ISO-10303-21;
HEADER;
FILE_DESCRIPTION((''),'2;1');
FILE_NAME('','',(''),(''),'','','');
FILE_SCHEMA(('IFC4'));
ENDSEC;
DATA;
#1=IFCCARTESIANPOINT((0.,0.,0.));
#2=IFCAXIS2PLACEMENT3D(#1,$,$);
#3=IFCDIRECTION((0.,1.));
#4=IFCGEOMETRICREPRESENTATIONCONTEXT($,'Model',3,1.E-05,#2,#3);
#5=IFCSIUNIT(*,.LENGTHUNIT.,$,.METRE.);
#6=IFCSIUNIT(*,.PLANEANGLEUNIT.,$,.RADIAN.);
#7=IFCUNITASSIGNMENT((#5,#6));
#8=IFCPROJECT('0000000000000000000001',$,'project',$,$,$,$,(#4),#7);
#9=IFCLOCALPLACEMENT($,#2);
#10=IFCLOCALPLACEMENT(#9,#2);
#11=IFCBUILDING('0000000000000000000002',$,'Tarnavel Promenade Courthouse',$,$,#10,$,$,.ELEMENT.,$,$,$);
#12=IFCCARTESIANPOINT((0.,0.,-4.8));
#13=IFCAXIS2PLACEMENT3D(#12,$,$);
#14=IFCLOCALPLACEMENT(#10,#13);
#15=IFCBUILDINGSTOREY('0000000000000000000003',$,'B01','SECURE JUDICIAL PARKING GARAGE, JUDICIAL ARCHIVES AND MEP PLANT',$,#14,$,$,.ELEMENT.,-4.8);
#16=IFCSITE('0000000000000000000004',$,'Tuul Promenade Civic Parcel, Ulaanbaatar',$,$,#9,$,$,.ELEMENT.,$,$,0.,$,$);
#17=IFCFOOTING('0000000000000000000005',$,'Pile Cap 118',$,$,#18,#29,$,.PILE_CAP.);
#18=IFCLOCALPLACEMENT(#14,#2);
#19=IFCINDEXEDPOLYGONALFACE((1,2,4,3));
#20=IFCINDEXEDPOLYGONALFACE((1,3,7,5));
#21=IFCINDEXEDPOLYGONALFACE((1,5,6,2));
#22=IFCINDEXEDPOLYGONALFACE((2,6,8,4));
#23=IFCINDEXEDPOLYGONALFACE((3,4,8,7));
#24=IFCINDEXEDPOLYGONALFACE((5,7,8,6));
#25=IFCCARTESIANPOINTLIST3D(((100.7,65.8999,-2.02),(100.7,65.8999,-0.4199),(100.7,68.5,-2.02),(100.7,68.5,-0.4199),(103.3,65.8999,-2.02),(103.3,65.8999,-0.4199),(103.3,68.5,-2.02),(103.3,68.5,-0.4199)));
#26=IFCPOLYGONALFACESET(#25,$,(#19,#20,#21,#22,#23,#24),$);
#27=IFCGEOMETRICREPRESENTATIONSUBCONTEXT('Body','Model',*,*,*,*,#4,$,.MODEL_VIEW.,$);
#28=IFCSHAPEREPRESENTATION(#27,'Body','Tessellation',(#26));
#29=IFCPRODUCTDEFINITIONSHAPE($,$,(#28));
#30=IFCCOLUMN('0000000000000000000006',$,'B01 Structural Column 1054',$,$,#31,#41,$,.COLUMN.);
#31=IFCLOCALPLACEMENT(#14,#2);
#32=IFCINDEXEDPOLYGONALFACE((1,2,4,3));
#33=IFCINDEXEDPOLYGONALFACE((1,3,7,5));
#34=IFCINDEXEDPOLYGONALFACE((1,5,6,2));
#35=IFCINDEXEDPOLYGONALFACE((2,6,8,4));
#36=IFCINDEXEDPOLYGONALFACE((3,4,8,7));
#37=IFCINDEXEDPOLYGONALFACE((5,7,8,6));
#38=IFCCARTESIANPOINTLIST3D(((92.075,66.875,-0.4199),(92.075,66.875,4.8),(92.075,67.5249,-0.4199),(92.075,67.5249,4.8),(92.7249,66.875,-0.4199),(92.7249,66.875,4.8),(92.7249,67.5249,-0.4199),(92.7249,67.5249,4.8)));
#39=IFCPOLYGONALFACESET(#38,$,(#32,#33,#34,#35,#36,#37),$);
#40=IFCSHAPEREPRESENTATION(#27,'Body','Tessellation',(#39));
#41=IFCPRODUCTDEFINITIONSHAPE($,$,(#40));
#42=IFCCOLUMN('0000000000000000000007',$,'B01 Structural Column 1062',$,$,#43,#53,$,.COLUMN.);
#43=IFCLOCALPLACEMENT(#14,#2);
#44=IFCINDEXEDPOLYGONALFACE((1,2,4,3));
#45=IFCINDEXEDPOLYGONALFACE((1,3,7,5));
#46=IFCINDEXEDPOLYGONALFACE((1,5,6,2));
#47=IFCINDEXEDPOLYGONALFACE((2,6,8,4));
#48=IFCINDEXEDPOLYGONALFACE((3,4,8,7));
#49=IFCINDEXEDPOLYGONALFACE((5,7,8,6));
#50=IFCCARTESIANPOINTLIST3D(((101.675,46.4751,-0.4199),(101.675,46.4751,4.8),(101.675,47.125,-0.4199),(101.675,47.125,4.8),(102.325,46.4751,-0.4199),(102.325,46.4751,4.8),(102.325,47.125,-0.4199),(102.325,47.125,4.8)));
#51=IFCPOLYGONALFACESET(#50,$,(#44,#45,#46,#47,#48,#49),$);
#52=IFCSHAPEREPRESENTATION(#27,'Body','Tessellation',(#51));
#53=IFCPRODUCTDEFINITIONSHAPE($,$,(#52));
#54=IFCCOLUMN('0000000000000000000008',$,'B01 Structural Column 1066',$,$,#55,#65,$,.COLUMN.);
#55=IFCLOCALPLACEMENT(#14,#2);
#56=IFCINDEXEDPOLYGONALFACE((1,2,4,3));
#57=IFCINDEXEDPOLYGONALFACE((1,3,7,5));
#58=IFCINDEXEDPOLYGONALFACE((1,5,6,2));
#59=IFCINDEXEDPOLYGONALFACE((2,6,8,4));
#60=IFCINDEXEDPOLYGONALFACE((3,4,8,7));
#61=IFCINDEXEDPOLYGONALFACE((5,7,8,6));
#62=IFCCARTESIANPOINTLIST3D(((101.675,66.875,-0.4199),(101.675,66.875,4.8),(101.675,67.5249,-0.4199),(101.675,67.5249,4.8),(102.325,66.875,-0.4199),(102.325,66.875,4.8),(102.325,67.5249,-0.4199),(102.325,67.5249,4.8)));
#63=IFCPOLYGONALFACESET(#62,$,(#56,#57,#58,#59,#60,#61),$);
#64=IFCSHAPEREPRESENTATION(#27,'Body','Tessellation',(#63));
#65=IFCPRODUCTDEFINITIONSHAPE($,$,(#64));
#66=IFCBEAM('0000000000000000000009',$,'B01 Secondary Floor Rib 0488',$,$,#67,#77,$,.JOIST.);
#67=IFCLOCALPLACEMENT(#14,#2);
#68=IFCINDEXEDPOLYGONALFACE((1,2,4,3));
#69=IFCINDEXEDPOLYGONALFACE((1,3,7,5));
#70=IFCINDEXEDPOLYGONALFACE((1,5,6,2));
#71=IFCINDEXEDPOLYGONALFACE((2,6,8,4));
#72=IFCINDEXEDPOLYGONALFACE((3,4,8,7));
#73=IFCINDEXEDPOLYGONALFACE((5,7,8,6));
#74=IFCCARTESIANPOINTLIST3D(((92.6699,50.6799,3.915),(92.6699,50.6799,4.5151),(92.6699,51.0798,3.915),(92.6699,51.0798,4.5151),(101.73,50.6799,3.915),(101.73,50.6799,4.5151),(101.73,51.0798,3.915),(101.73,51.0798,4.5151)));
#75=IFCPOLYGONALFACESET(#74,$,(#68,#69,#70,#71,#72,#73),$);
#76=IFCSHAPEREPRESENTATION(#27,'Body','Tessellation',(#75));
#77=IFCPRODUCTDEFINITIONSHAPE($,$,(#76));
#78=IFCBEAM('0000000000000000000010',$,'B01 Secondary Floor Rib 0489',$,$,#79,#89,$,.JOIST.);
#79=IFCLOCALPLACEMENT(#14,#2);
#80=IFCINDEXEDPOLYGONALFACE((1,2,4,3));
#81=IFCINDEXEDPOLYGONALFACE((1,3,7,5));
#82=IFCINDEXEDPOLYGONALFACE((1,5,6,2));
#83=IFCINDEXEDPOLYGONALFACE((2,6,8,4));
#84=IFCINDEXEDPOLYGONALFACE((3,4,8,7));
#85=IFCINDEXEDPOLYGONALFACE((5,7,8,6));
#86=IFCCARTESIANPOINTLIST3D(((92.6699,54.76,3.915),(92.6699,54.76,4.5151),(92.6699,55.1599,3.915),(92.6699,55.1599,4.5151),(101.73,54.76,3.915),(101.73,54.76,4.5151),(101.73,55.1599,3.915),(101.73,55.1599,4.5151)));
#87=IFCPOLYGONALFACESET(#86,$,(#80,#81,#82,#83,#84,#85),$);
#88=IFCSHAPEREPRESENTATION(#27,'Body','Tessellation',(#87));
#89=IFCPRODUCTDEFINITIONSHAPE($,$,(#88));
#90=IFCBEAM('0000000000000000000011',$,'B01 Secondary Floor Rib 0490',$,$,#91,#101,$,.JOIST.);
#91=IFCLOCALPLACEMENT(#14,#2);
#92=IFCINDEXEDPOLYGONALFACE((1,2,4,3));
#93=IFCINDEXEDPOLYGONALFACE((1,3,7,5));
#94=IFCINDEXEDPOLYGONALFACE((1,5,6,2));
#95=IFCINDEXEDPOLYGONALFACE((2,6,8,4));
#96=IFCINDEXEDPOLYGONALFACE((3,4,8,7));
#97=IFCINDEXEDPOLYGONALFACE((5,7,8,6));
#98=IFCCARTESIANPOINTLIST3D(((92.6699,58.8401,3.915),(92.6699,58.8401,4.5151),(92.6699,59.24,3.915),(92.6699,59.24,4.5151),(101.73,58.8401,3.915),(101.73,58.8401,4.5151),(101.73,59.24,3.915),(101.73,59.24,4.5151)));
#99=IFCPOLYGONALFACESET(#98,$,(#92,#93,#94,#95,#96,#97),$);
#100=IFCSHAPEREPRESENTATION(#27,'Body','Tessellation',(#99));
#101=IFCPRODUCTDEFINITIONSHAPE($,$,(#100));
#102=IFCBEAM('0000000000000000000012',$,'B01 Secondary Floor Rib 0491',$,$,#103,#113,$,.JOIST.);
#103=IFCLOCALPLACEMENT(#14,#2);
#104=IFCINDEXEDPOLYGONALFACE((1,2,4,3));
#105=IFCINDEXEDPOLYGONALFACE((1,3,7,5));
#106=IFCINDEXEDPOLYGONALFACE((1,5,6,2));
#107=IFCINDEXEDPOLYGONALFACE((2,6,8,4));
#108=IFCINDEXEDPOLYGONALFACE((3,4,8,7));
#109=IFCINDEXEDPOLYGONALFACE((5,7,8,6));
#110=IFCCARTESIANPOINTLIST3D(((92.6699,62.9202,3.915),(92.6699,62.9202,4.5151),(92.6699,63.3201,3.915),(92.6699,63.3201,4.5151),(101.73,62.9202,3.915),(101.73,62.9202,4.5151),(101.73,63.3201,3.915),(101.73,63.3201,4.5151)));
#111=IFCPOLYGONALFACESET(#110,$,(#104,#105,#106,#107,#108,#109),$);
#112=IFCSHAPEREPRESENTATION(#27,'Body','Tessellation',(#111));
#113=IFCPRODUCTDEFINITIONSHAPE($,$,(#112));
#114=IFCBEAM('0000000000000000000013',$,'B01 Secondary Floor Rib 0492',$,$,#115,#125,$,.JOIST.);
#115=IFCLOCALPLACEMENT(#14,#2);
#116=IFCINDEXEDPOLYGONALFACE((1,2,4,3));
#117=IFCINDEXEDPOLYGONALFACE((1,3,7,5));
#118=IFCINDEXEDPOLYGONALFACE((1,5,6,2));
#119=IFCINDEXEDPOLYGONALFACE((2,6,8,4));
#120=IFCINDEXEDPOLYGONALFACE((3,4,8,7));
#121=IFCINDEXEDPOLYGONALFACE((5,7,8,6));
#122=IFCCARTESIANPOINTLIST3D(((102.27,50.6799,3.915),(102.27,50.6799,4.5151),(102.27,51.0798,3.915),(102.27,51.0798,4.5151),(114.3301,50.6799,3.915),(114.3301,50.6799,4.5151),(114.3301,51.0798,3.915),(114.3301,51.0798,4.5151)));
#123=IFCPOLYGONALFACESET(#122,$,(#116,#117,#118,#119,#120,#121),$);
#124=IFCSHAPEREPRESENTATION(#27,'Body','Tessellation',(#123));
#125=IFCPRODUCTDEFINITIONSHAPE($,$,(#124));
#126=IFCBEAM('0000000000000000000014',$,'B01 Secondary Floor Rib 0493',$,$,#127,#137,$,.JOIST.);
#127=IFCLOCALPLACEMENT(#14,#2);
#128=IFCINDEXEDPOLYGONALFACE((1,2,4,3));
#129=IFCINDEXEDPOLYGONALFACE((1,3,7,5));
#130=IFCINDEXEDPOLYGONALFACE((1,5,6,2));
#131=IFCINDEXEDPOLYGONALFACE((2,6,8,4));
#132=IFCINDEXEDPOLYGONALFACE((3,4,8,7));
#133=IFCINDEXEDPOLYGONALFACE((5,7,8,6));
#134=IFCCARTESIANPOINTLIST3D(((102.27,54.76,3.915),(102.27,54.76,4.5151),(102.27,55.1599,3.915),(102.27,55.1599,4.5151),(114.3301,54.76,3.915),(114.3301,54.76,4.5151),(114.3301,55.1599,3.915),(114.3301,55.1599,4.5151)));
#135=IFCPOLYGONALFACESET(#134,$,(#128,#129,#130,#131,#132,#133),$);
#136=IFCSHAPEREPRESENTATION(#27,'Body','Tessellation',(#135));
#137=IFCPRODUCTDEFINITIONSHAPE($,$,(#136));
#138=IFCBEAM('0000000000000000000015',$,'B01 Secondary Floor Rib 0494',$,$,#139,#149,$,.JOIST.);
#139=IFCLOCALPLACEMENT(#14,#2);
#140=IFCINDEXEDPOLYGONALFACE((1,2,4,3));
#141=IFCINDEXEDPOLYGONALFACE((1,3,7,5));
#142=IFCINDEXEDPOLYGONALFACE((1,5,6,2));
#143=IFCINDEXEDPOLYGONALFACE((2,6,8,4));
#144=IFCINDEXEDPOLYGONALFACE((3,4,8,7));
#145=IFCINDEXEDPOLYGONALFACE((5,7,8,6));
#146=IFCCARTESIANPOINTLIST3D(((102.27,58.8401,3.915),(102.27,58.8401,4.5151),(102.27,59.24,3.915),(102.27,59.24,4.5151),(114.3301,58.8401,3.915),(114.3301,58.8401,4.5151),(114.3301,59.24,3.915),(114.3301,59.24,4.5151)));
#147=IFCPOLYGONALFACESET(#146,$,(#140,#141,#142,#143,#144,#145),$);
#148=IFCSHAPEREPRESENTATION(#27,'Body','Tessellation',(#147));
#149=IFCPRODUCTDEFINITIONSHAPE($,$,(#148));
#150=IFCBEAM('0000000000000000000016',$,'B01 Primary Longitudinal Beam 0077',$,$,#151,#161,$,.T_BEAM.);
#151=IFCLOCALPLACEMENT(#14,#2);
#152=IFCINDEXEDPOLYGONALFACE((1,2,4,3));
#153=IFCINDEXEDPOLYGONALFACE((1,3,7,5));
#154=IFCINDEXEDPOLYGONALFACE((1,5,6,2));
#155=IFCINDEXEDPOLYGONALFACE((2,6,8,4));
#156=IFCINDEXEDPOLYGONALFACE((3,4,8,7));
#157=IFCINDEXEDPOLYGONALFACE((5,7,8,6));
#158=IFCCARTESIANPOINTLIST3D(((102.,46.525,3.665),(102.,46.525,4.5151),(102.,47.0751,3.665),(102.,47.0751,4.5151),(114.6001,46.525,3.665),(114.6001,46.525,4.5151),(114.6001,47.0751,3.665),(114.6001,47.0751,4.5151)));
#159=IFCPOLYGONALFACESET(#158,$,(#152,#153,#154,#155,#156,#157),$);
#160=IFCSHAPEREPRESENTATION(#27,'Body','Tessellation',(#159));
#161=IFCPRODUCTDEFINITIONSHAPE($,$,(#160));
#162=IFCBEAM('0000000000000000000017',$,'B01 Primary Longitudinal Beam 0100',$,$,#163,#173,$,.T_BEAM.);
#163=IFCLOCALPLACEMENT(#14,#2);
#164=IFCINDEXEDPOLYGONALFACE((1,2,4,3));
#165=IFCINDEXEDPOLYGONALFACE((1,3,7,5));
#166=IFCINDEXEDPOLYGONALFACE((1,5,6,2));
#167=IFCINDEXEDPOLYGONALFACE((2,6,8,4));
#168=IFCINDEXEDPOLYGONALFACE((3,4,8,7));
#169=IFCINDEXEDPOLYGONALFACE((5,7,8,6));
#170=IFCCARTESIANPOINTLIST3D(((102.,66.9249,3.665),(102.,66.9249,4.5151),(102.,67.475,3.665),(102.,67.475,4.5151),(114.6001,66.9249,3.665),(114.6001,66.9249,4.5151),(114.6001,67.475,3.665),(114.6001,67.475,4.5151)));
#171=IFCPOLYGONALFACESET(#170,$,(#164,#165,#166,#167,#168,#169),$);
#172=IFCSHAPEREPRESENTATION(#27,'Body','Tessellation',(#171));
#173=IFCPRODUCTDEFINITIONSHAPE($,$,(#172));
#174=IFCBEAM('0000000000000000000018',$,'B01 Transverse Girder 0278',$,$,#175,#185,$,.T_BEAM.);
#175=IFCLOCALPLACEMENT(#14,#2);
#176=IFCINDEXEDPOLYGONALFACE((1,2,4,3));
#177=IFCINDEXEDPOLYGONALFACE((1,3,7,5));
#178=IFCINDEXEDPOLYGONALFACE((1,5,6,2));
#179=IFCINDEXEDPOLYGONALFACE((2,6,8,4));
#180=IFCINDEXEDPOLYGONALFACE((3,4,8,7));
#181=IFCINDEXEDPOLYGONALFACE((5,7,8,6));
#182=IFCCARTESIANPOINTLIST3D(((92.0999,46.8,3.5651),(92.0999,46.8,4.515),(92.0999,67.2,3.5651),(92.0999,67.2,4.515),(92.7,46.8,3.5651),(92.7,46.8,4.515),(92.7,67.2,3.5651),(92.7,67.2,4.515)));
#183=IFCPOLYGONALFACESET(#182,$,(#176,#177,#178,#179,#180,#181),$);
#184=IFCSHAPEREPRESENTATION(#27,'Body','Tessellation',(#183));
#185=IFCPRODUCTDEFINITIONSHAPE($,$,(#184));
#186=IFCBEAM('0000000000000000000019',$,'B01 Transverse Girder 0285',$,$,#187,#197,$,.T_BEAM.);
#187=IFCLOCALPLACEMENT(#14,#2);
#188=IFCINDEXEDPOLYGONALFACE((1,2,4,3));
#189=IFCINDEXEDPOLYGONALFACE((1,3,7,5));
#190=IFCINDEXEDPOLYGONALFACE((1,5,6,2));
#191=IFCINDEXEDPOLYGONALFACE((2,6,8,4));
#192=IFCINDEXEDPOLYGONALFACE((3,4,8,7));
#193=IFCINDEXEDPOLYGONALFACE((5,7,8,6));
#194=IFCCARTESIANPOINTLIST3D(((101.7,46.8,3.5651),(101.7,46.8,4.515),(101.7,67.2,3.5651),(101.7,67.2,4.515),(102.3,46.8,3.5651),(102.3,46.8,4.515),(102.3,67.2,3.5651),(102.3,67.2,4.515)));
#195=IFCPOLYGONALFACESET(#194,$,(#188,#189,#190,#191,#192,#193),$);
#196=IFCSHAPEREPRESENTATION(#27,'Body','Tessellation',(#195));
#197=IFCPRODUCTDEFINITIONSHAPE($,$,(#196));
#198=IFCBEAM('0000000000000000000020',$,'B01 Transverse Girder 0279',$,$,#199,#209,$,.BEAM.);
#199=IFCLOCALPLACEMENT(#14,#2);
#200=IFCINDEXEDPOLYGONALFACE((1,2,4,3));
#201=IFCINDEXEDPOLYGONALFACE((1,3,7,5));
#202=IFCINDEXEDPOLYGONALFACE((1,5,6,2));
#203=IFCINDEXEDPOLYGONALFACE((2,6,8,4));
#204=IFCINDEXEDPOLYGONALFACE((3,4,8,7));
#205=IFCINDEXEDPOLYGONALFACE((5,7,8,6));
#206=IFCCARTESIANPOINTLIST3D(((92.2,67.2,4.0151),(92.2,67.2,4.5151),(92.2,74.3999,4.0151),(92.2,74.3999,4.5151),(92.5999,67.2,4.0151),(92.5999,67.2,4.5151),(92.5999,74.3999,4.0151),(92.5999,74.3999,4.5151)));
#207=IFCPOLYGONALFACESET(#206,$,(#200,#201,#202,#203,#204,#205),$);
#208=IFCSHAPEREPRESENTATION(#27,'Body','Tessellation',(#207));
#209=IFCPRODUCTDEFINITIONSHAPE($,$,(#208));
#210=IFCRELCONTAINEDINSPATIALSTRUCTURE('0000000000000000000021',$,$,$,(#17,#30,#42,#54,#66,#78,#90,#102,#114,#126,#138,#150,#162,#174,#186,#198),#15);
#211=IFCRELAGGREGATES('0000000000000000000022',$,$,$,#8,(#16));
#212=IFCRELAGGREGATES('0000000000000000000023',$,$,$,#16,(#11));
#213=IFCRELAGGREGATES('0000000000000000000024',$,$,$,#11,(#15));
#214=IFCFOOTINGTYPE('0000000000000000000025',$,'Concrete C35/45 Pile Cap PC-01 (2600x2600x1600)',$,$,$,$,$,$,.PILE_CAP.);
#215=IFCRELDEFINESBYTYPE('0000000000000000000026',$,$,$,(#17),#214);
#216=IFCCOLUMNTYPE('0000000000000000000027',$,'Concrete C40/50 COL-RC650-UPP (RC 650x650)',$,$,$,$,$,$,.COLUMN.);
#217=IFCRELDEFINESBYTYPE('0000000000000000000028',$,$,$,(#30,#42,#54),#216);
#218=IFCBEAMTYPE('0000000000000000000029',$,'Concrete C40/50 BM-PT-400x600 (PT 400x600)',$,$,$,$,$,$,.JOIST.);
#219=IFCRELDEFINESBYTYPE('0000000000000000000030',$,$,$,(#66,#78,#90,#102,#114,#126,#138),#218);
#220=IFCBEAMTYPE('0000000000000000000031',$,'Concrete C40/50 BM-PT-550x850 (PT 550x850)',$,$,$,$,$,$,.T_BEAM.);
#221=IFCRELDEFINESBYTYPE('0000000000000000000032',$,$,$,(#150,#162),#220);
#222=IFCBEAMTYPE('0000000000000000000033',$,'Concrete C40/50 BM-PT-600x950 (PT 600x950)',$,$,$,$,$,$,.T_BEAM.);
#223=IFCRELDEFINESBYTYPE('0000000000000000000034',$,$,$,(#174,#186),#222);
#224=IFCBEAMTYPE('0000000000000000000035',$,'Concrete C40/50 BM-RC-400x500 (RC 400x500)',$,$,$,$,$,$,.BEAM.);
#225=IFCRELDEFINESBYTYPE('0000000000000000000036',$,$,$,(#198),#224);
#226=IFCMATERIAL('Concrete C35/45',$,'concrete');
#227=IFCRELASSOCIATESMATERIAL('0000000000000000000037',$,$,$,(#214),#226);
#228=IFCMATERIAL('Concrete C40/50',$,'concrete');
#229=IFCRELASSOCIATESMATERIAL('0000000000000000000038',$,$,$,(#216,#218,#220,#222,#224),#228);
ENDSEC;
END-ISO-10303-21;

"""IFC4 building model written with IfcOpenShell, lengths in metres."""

from ifc_helpers import new_model, si_unit, direction, frame, origin, origin_2d, place, context, subcontext, project, spatial, rectangle, extrude, material, material_profile, profile_set, type_object, element, save


model = new_model("IFC4")

# Units and contexts
model_context = context("Model", 3, precision=1e-05, world=origin(), true_north=direction((0.0, 1.0)))
body_context = subcontext(model_context, "Body", "Model", "MODEL_VIEW")
ifc_project = project(units=[si_unit("LENGTHUNIT", "METRE"), si_unit("PLANEANGLEUNIT", "RADIAN")], contexts=[model_context])

# Site, building, storey
site_placement = place(None, origin())
site = spatial("IfcSite", under=ifc_project, at=site_placement, Name="Tuul Promenade Civic Parcel, Ulaanbaatar", CompositionType="ELEMENT", RefElevation=0.0)
building_placement = place(site_placement, origin())
building = spatial("IfcBuilding", under=site, at=building_placement, Name="Tarnavel Promenade Courthouse", CompositionType="ELEMENT")
storey_placement = place(building_placement, frame((0.0, 0.0, -4.8)))
storey = spatial("IfcBuildingStorey", under=building, at=storey_placement, Name="B01", Description="SECURE JUDICIAL PARKING GARAGE, JUDICIAL ARCHIVES AND MEP PLANT", CompositionType="ELEMENT", Elevation=-4.8)

# Footing
ifc_material_1 = material(Name="Concrete C35/45", Category="concrete")
footing_type_1 = type_object("IfcFootingType", Name="Concrete C35/45 Pile Cap PC-01 (2600x2600x1600)", PredefinedType="PILE_CAP", material=ifc_material_1)
for number, where, z_axis, x_axis, name in (
    (1, (102.0, 67.2, -2.02), (0.0, 0.0, 1.0), (1.0, 0.0, 0.0), "Pile Cap 118"),
):
    element("IfcFooting", number, at=place(storey_placement, frame(where, z_axis=z_axis, x_axis=x_axis)), inside=storey, type_object=footing_type_1, Name=name, PredefinedType="PILE_CAP", context=body_context, shape_type="SweptSolid", body=[
        extrude(rectangle(XDim=2.6001, YDim=2.6001, at=origin_2d()), origin(), (0.0, 0.0, 1.0), 1.6001),
    ])

# Columns
ifc_material_2 = material(Name="Concrete C40/50", Category="concrete")
ifc_material_profile_1 = material_profile(ifc_material_2, rectangle(XDim=0.6499, YDim=0.6499, at=origin_2d()), Name="RC 650x650")
ifc_profile_set_1 = profile_set([ifc_material_profile_1], Name="Concrete C40/50")
column_type = type_object("IfcColumnType", Name="Concrete C40/50 COL-RC650-UPP (RC 650x650)", PredefinedType="COLUMN", material=ifc_profile_set_1)
for number, where, z_axis, x_axis, name in (
    (2, (92.3999, 67.2, -0.4199), (0.0, 0.0, 1.0), (1.0, 0.0, 0.0), "B01 Structural Column 1054"),
    (3, (102.0, 46.8, -0.4199), (0.0, 0.0, 1.0), (1.0, 0.0, 0.0), "B01 Structural Column 1062"),
    (4, (102.0, 67.2, -0.4199), (0.0, 0.0, 1.0), (1.0, 0.0, 0.0), "B01 Structural Column 1066"),
):
    element("IfcColumn", number, at=place(storey_placement, frame(where, z_axis=z_axis, x_axis=x_axis)), inside=storey, type_object=column_type, Name=name, PredefinedType="COLUMN", context=body_context, shape_type="SweptSolid", body=[
        extrude(rectangle(XDim=0.6499, YDim=0.6499, at=origin_2d()), origin(), (0.0, 0.0, 1.0), 5.22),
    ])

# Beams
ifc_material_profile_2 = material_profile(ifc_material_2, rectangle(XDim=0.3999, YDim=0.6001, at=origin_2d()), Name="PT 400x600")
ifc_profile_set_2 = profile_set([ifc_material_profile_2], Name="Concrete C40/50")
beam_type_1 = type_object("IfcBeamType", Name="Concrete C40/50 BM-PT-400x600 (PT 400x600)", PredefinedType="JOIST", material=ifc_profile_set_2)
for number, where, z_axis, x_axis, name in (
    (5, (92.6699, 50.8799, 4.2151), (1.0, 0.0, 0.0), (0.0, 1.0, 0.0), "B01 Secondary Floor Rib 0488"),
    (6, (92.6699, 54.96, 4.2151), (1.0, 0.0, 0.0), (0.0, 1.0, 0.0), "B01 Secondary Floor Rib 0489"),
    (7, (92.6699, 59.04, 4.2151), (1.0, 0.0, 0.0), (0.0, 1.0, 0.0), "B01 Secondary Floor Rib 0490"),
    (8, (92.6699, 63.1201, 4.2151), (1.0, 0.0, 0.0), (0.0, 1.0, 0.0), "B01 Secondary Floor Rib 0491"),
):
    element("IfcBeam", number, at=place(storey_placement, frame(where, z_axis=z_axis, x_axis=x_axis)), inside=storey, type_object=beam_type_1, Name=name, PredefinedType="JOIST", context=body_context, shape_type="SweptSolid", body=[
        extrude(rectangle(XDim=0.3999, YDim=0.6001, at=origin_2d()), origin(), (0.0, 0.0, 1.0), 9.0601),
    ])
for number, where, z_axis, x_axis, name in (
    (9, (102.27, 50.8799, 4.2151), (1.0, 0.0, 0.0), (0.0, 1.0, 0.0), "B01 Secondary Floor Rib 0492"),
    (10, (102.27, 54.96, 4.2151), (1.0, 0.0, 0.0), (0.0, 1.0, 0.0), "B01 Secondary Floor Rib 0493"),
    (11, (102.27, 59.04, 4.2151), (1.0, 0.0, 0.0), (0.0, 1.0, 0.0), "B01 Secondary Floor Rib 0494"),
):
    element("IfcBeam", number, at=place(storey_placement, frame(where, z_axis=z_axis, x_axis=x_axis)), inside=storey, type_object=beam_type_1, Name=name, PredefinedType="JOIST", context=body_context, shape_type="SweptSolid", body=[
        extrude(rectangle(XDim=0.3999, YDim=0.6001, at=origin_2d()), origin(), (0.0, 0.0, 1.0), 12.0601),
    ])
ifc_material_profile_3 = material_profile(ifc_material_2, rectangle(XDim=0.55, YDim=0.8501, at=origin_2d()), Name="PT 550x850")
ifc_profile_set_3 = profile_set([ifc_material_profile_3], Name="Concrete C40/50")
beam_type_2 = type_object("IfcBeamType", Name="Concrete C40/50 BM-PT-550x850 (PT 550x850)", PredefinedType="T_BEAM", material=ifc_profile_set_3)
for number, where, z_axis, x_axis, name in (
    (12, (102.0, 46.8, 4.0901), (1.0, 0.0, 0.0), (0.0, 1.0, 0.0), "B01 Primary Longitudinal Beam 0077"),
    (13, (102.0, 67.2, 4.0901), (1.0, 0.0, 0.0), (0.0, 1.0, 0.0), "B01 Primary Longitudinal Beam 0100"),
):
    element("IfcBeam", number, at=place(storey_placement, frame(where, z_axis=z_axis, x_axis=x_axis)), inside=storey, type_object=beam_type_2, Name=name, PredefinedType="T_BEAM", context=body_context, shape_type="SweptSolid", body=[
        extrude(rectangle(XDim=0.55, YDim=0.8501, at=origin_2d()), origin(), (0.0, 0.0, 1.0), 12.6001),
    ])
ifc_material_profile_4 = material_profile(ifc_material_2, rectangle(XDim=0.6001, YDim=0.95, at=origin_2d()), Name="PT 600x950")
ifc_profile_set_4 = profile_set([ifc_material_profile_4], Name="Concrete C40/50")
beam_type_3 = type_object("IfcBeamType", Name="Concrete C40/50 BM-PT-600x950 (PT 600x950)", PredefinedType="T_BEAM", material=ifc_profile_set_4)
for number, where, z_axis, x_axis, name in (
    (14, (92.3999, 46.8, 4.04), (0.0, 1.0, 0.0), (-1.0, 0.0, 0.0), "B01 Transverse Girder 0278"),
    (15, (102.0, 46.8, 4.04), (0.0, 1.0, 0.0), (-1.0, 0.0, 0.0), "B01 Transverse Girder 0285"),
):
    element("IfcBeam", number, at=place(storey_placement, frame(where, z_axis=z_axis, x_axis=x_axis)), inside=storey, type_object=beam_type_3, Name=name, PredefinedType="T_BEAM", context=body_context, shape_type="SweptSolid", body=[
        extrude(rectangle(XDim=0.6001, YDim=0.95, at=origin_2d()), origin(), (0.0, 0.0, 1.0), 20.3999),
    ])
ifc_material_profile_5 = material_profile(ifc_material_2, rectangle(XDim=0.3999, YDim=0.5, at=origin_2d()), Name="RC 400x500")
ifc_profile_set_5 = profile_set([ifc_material_profile_5], Name="Concrete C40/50")
beam_type_4 = type_object("IfcBeamType", Name="Concrete C40/50 BM-RC-400x500 (RC 400x500)", PredefinedType="BEAM", material=ifc_profile_set_5)
for number, where, z_axis, x_axis, name in (
    (16, (92.3999, 67.2, 4.2651), (0.0, 1.0, 0.0), (-1.0, 0.0, 0.0), "B01 Transverse Girder 0279"),
):
    element("IfcBeam", number, at=place(storey_placement, frame(where, z_axis=z_axis, x_axis=x_axis)), inside=storey, type_object=beam_type_4, Name=name, PredefinedType="BEAM", context=body_context, shape_type="SweptSolid", body=[
        extrude(rectangle(XDim=0.3999, YDim=0.5, at=origin_2d()), origin(), (0.0, 0.0, 1.0), 7.2),
    ])

save(model, "model.ifc")
